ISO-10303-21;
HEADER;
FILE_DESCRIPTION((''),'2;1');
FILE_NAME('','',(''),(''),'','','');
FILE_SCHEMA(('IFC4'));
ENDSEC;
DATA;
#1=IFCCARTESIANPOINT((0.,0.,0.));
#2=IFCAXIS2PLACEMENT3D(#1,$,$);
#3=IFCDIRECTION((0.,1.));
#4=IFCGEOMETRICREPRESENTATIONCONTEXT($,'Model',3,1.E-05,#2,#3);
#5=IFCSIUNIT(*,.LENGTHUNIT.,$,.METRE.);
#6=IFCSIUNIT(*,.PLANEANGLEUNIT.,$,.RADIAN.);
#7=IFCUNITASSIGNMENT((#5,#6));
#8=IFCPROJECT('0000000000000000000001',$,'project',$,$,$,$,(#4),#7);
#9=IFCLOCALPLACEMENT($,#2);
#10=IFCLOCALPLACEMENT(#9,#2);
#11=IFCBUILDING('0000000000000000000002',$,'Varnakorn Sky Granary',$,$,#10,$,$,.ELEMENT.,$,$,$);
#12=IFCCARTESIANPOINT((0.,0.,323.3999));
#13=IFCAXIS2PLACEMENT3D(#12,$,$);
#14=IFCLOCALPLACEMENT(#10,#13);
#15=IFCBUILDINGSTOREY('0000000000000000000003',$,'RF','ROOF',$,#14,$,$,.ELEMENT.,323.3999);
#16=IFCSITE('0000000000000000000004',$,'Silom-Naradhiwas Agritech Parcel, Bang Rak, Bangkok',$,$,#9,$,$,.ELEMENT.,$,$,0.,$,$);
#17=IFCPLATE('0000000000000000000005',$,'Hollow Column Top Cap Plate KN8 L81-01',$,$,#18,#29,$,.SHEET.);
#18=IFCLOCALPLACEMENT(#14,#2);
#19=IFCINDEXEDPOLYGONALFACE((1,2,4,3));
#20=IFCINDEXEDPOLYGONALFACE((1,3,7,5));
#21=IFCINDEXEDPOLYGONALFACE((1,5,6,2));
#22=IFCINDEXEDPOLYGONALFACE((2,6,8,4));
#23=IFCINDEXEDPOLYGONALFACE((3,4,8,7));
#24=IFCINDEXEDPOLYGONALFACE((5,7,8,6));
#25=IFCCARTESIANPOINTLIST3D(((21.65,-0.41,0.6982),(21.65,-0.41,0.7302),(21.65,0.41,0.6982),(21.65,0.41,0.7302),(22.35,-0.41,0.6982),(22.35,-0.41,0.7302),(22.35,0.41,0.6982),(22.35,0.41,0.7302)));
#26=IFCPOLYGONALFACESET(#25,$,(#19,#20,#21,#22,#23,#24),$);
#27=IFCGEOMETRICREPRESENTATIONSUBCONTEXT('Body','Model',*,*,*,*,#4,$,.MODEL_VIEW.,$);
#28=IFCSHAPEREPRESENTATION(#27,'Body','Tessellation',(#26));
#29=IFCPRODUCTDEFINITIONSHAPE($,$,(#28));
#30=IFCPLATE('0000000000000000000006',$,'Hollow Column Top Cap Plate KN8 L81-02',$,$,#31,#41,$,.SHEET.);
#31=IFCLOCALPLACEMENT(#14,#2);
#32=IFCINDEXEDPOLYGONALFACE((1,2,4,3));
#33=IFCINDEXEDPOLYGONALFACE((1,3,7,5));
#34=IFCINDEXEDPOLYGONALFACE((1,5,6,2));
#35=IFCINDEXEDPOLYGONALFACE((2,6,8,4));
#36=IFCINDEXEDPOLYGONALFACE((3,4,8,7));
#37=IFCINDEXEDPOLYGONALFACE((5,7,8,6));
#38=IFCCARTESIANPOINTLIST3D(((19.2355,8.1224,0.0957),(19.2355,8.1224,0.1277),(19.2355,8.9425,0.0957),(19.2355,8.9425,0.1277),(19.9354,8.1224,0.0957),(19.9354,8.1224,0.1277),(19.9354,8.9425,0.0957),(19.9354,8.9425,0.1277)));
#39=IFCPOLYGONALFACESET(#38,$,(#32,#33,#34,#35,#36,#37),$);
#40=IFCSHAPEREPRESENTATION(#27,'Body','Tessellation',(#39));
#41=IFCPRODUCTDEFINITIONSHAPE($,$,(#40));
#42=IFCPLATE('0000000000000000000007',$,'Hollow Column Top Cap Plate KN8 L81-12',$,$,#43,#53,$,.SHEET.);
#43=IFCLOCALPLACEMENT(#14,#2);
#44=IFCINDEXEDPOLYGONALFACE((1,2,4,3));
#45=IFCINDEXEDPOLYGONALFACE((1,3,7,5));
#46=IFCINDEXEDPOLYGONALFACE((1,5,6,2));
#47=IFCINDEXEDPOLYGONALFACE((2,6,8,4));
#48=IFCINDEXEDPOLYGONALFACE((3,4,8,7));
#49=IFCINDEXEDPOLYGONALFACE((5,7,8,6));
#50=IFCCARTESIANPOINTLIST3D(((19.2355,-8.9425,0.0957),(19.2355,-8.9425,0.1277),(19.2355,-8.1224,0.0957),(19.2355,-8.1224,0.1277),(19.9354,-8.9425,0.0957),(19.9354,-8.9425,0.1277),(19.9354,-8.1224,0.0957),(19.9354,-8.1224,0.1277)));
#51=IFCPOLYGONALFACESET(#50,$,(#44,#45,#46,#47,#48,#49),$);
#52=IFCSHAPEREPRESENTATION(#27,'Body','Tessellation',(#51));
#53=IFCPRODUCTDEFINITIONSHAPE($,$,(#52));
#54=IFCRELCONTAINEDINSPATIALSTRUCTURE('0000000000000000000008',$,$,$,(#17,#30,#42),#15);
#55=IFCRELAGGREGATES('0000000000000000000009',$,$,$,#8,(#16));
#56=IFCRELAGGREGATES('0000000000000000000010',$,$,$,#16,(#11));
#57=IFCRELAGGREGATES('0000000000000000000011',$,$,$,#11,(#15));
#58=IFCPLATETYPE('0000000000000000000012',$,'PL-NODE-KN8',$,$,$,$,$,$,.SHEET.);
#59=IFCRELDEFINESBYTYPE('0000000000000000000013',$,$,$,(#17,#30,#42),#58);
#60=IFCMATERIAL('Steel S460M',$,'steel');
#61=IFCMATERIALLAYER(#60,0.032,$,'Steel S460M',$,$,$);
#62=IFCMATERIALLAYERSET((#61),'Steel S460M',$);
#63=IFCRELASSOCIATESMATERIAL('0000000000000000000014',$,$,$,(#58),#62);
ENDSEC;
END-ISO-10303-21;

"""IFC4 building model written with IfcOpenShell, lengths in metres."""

from ifc_helpers import new_model, si_unit, direction, frame, origin, origin_2d, place, context, subcontext, project, spatial, rectangle, extrude, material, layer, layer_set, type_object, element, save


model = new_model("IFC4")

# Units and contexts
model_context = context("Model", 3, precision=1e-05, world=origin(), true_north=direction((0.0, 1.0)))
body_context = subcontext(model_context, "Body", "Model", "MODEL_VIEW")
ifc_project = project(units=[si_unit("LENGTHUNIT", "METRE"), si_unit("PLANEANGLEUNIT", "RADIAN")], contexts=[model_context])

# Site, building, storey
site_placement = place(None, origin())
site = spatial("IfcSite", under=ifc_project, at=site_placement, Name="Silom-Naradhiwas Agritech Parcel, Bang Rak, Bangkok", CompositionType="ELEMENT", RefElevation=0.0)
building_placement = place(site_placement, origin())
building = spatial("IfcBuilding", under=site, at=building_placement, Name="Varnakorn Sky Granary", CompositionType="ELEMENT")
storey_placement = place(building_placement, frame((0.0, 0.0, 323.3999)))
storey = spatial("IfcBuildingStorey", under=building, at=storey_placement, Name="RF", Description="ROOF", CompositionType="ELEMENT", Elevation=323.3999)

# Plates
ifc_material_1 = material(Name="Steel S460M", Category="steel")
ifc_layer_1 = layer(ifc_material_1, 0.032, Name="Steel S460M")
ifc_layer_set_1 = layer_set([ifc_layer_1], Name="Steel S460M")
plate_type = type_object("IfcPlateType", Name="PL-NODE-KN8", PredefinedType="SHEET", material=ifc_layer_set_1)
for number, where, z_axis, x_axis, name in (
    (1, (22.0, 0.0, 0.6982), (0.0, 0.0, 1.0), (1.0, 0.0, 0.0), "Hollow Column Top Cap Plate KN8 L81-01"),
    (2, (19.5854, 8.5325, 0.0957), (0.0, 0.0, 1.0), (1.0, 0.0, 0.0), "Hollow Column Top Cap Plate KN8 L81-02"),
    (3, (19.5854, -8.5325, 0.0957), (0.0, 0.0, 1.0), (1.0, 0.0, 0.0), "Hollow Column Top Cap Plate KN8 L81-12"),
):
    element("IfcPlate", number, at=place(storey_placement, frame(where, z_axis=z_axis, x_axis=x_axis)), inside=storey, type_object=plate_type, Name=name, PredefinedType="SHEET", context=body_context, shape_type="SweptSolid", body=[
        extrude(rectangle(XDim=0.7, YDim=0.8201, at=origin_2d()), origin(), (0.0, 0.0, 1.0), 0.032),
    ])

save(model, "model.ifc")
